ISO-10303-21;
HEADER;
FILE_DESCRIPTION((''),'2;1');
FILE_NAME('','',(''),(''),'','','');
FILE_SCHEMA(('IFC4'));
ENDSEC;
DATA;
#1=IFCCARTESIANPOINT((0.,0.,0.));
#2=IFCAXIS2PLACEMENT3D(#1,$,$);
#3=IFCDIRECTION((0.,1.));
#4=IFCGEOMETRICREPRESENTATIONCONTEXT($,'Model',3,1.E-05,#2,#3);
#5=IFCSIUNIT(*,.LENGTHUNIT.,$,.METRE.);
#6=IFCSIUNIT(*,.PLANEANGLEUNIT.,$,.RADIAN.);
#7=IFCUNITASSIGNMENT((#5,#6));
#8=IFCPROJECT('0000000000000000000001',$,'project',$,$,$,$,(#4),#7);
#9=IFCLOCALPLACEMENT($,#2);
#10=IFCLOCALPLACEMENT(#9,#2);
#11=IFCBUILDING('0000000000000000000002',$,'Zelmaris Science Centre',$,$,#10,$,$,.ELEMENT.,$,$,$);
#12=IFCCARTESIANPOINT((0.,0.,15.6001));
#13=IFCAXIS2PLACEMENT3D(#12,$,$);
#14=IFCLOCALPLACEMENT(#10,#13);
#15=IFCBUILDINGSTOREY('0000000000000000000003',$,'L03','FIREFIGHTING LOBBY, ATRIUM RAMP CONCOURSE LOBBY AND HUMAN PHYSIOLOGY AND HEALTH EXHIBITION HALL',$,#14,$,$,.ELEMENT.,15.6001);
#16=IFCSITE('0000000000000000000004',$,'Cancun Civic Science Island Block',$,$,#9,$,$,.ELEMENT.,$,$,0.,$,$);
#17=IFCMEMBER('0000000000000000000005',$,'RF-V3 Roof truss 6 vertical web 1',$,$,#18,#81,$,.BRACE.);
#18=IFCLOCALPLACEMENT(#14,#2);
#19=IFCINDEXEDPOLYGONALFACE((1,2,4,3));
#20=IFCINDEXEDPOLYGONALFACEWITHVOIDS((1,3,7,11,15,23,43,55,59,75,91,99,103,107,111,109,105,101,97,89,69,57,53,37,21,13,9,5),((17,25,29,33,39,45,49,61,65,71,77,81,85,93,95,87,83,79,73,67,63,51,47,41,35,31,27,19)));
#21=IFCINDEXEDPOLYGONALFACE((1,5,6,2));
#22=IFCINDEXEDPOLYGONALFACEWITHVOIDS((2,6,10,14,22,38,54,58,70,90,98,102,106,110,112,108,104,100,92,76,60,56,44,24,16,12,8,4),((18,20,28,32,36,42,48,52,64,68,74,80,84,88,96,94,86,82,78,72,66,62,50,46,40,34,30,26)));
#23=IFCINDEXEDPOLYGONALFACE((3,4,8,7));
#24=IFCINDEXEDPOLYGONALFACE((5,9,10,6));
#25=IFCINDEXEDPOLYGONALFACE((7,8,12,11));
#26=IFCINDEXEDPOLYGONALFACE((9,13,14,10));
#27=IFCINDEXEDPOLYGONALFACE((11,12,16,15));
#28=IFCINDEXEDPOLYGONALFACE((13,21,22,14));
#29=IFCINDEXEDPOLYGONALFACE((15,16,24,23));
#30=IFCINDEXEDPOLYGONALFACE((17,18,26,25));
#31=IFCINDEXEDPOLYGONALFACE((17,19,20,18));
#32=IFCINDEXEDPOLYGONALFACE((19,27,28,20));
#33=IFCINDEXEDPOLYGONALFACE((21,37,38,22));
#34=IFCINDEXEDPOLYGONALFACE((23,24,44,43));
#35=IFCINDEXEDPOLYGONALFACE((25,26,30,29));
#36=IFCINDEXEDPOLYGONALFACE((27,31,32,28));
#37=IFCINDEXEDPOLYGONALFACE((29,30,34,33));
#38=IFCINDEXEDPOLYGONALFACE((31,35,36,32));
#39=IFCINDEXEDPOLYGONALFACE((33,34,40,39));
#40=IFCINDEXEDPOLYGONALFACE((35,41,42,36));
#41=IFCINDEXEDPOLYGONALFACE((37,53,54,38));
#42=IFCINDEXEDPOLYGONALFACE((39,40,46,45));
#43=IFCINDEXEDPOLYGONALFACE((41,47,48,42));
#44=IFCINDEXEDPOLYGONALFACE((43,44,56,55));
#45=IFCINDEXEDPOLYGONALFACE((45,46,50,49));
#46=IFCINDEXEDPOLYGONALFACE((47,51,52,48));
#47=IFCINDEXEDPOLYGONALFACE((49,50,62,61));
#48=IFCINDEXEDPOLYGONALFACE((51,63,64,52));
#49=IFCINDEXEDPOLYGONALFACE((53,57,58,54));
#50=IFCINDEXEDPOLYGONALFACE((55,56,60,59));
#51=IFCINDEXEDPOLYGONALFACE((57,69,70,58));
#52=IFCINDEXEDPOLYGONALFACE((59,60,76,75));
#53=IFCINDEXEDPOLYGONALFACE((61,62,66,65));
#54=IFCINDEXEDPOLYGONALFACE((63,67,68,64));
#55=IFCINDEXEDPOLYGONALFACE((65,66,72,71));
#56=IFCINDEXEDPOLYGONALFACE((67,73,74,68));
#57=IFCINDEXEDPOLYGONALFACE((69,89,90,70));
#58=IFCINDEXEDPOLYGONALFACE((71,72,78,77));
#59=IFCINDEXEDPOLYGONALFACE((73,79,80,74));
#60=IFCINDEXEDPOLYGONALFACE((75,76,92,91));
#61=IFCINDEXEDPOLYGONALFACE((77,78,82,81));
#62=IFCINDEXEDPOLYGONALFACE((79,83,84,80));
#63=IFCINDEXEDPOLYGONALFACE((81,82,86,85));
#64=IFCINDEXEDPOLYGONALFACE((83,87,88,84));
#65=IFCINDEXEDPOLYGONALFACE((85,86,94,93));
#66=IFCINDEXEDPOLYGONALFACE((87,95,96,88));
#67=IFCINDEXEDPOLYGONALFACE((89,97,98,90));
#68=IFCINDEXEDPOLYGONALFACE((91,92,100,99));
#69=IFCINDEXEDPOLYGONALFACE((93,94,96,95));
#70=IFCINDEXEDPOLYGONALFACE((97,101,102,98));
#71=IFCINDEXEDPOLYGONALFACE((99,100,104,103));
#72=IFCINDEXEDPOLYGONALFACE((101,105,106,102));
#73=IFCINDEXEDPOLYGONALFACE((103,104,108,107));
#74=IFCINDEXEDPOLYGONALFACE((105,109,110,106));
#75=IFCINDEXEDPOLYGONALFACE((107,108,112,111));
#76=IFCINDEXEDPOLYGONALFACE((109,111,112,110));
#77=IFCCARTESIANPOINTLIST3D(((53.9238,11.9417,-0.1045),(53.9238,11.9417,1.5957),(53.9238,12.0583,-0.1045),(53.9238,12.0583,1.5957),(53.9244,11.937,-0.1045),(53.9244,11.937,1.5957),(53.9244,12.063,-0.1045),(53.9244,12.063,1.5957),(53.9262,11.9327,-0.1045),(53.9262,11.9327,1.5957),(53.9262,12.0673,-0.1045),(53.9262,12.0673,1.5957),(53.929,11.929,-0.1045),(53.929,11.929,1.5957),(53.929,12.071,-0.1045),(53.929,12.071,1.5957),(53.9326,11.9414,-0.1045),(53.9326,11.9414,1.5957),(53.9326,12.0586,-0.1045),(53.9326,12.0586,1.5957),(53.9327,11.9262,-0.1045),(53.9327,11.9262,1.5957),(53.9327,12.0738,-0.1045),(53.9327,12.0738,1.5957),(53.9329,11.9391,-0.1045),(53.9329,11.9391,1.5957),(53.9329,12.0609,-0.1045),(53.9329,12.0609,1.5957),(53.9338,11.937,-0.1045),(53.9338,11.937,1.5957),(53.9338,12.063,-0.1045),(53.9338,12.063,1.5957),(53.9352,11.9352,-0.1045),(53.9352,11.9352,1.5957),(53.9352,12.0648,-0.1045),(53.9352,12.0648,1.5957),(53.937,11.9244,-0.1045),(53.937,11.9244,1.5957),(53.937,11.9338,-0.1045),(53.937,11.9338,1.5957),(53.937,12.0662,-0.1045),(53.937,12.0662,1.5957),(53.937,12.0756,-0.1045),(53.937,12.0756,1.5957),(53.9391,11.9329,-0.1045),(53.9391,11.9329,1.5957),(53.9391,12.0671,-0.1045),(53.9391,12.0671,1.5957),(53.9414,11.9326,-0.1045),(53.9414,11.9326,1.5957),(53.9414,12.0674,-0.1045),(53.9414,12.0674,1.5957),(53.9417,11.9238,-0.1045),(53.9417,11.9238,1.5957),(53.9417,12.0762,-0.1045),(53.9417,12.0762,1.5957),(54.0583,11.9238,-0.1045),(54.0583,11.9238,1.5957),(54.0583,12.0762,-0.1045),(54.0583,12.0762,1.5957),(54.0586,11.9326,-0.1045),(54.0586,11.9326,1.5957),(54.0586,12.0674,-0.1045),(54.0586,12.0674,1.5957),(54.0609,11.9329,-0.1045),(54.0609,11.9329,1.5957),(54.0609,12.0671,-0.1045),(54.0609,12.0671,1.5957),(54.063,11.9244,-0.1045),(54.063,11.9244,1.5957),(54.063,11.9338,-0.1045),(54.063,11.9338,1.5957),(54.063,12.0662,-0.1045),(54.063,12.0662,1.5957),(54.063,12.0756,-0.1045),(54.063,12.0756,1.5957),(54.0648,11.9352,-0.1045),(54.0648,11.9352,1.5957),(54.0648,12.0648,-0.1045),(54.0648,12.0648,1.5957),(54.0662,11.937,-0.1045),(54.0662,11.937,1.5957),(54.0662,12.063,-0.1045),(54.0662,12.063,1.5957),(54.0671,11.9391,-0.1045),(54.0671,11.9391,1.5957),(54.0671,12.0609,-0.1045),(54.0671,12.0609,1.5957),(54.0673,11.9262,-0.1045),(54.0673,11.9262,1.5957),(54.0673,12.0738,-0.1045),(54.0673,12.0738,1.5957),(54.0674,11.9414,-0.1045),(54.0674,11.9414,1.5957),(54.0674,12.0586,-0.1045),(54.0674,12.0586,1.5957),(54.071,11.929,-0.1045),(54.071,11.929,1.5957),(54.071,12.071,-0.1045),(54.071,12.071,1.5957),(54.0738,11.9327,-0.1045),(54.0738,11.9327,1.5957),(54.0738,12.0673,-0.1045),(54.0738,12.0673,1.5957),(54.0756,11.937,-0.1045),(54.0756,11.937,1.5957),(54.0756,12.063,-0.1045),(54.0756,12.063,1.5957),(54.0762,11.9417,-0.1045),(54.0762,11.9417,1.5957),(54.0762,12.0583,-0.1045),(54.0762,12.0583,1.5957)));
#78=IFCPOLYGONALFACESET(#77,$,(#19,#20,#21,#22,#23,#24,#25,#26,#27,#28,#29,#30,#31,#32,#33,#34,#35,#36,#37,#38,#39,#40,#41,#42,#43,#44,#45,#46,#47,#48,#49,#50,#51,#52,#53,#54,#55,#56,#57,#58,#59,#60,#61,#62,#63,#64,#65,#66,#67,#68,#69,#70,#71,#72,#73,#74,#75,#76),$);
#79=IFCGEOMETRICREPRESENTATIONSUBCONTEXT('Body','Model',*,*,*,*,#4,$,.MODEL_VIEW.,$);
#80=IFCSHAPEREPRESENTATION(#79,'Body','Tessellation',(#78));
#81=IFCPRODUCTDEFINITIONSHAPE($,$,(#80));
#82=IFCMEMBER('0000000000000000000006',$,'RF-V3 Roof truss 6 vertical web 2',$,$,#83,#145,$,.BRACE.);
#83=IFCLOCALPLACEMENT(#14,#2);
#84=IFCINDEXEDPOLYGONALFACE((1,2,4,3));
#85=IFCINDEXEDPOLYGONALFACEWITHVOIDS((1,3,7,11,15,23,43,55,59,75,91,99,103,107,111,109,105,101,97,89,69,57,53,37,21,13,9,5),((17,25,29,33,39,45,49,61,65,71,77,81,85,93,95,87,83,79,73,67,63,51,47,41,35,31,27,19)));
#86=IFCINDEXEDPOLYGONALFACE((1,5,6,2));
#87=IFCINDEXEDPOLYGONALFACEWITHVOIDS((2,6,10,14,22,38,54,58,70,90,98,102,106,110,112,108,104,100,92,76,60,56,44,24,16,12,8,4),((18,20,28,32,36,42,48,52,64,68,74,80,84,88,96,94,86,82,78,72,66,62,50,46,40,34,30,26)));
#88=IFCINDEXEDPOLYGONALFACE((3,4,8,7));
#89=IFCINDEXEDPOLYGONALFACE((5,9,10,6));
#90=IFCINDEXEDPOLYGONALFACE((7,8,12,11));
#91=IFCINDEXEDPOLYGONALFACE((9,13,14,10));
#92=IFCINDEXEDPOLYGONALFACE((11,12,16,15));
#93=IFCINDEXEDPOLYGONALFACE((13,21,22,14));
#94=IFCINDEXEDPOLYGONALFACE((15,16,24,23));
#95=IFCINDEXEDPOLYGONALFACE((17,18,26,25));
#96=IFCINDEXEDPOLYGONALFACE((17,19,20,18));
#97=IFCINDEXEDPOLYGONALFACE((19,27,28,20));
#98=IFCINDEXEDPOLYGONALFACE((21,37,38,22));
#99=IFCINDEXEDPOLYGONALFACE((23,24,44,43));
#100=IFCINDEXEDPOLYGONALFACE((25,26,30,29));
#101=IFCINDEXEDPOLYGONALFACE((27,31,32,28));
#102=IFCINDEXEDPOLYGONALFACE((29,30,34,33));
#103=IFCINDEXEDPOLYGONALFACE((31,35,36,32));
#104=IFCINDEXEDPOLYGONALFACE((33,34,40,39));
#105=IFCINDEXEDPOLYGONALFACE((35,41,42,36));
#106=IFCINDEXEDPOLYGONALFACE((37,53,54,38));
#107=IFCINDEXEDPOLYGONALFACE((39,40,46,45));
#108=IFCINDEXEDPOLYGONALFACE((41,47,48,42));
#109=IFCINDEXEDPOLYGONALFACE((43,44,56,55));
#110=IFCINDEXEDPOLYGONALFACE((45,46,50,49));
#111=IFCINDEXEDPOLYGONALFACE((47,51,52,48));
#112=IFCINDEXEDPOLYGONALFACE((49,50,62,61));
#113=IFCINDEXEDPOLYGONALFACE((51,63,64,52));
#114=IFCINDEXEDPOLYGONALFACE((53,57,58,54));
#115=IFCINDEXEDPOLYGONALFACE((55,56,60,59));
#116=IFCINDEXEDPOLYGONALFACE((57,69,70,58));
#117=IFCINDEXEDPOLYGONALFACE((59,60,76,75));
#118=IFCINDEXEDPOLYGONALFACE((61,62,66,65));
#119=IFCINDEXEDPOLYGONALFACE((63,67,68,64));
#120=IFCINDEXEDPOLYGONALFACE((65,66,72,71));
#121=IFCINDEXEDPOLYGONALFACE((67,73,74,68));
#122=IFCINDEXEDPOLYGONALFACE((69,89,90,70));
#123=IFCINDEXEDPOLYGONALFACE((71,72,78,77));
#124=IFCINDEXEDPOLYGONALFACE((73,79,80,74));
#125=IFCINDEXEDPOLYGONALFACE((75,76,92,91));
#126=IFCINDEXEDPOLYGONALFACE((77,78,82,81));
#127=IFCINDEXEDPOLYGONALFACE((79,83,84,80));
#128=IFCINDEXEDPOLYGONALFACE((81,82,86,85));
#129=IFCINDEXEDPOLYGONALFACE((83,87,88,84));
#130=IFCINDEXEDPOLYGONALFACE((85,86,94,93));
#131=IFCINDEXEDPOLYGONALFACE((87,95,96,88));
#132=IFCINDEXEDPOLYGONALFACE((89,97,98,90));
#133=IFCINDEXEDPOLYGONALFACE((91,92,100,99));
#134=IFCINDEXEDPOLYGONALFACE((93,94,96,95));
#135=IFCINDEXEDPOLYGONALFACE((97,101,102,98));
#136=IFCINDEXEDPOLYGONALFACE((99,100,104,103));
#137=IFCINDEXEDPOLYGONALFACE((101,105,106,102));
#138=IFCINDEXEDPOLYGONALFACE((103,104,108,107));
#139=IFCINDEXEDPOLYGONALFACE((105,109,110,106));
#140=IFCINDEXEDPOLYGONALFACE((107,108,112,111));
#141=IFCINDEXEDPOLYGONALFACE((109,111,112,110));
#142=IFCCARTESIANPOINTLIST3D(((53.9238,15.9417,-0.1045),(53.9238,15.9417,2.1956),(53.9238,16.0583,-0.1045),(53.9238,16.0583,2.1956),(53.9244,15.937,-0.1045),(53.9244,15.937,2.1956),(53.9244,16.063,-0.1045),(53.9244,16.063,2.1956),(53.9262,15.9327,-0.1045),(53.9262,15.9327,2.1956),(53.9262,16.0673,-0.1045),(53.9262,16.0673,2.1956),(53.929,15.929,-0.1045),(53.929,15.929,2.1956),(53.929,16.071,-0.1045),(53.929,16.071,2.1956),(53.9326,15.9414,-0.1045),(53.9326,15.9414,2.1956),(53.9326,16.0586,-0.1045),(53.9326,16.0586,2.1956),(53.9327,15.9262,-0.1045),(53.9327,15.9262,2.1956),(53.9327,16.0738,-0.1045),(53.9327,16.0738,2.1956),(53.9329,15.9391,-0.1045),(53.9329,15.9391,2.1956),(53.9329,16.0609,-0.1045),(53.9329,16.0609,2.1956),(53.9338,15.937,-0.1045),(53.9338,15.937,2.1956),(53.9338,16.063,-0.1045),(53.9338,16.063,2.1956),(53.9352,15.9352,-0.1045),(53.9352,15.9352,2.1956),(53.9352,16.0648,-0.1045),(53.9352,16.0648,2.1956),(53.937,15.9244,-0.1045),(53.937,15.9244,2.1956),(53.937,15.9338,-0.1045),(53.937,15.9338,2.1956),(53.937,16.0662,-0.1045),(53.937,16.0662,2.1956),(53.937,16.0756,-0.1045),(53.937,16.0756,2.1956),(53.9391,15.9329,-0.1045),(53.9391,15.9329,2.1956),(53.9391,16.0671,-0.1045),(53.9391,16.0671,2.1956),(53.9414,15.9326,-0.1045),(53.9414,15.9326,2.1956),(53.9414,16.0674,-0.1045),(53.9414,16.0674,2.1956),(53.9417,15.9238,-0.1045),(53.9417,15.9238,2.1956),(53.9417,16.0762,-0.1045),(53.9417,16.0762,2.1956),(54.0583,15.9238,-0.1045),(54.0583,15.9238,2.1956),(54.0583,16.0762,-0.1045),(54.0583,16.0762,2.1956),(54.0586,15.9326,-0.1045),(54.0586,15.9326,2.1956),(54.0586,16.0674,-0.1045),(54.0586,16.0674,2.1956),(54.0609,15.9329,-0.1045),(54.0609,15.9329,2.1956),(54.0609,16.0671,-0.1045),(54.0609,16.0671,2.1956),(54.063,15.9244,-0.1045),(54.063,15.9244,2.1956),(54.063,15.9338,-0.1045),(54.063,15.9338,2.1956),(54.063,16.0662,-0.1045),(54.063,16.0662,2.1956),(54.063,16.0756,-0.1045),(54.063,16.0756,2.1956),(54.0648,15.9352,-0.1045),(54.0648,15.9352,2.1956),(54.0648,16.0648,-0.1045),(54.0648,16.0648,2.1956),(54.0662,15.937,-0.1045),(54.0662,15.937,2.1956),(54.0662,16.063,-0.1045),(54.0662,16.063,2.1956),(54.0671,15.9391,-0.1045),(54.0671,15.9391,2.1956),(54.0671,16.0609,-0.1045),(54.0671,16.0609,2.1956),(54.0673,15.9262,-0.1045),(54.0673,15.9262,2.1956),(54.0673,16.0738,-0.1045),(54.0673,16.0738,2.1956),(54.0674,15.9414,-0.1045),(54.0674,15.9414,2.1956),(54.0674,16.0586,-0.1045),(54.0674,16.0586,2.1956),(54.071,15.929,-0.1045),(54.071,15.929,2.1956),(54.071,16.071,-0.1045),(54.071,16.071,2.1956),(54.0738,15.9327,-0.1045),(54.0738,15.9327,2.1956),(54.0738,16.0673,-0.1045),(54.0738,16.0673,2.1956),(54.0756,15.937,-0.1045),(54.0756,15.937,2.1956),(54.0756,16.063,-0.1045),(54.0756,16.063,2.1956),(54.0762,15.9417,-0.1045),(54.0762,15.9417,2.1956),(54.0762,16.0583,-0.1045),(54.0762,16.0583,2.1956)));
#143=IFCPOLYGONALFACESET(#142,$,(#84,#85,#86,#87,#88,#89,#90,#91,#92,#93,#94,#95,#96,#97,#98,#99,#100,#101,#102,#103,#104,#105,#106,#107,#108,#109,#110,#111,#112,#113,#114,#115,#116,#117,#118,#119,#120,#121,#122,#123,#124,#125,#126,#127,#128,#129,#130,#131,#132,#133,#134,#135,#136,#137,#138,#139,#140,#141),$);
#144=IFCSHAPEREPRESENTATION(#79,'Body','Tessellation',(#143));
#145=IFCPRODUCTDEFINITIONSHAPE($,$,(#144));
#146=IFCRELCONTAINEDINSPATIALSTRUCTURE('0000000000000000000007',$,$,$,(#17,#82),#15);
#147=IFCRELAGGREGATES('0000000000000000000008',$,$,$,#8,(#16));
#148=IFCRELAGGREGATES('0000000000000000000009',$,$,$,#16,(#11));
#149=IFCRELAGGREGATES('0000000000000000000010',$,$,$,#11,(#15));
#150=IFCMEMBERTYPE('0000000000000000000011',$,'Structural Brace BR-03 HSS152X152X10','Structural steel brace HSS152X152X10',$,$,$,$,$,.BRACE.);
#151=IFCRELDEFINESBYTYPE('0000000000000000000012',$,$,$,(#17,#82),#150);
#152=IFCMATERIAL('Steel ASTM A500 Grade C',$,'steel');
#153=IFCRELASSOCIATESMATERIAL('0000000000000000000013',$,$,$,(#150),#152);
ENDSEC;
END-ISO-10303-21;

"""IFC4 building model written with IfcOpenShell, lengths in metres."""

from ifc_helpers import new_model, si_unit, direction, frame, origin, origin_2d, place, context, subcontext, project, spatial, hollow_rectangle, extrude, material, material_profile, profile_set, type_object, element, save


model = new_model("IFC4")

# Units and contexts
model_context = context("Model", 3, precision=1e-05, world=origin(), true_north=direction((0.0, 1.0)))
body_context = subcontext(model_context, "Body", "Model", "MODEL_VIEW")
ifc_project = project(units=[si_unit("LENGTHUNIT", "METRE"), si_unit("PLANEANGLEUNIT", "RADIAN")], contexts=[model_context])

# Site, building, storey
site_placement = place(None, origin())
site = spatial("IfcSite", under=ifc_project, at=site_placement, Name="Cancun Civic Science Island Block", CompositionType="ELEMENT", RefElevation=0.0)
building_placement = place(site_placement, origin())
building = spatial("IfcBuilding", under=site, at=building_placement, Name="Zelmaris Science Centre", CompositionType="ELEMENT")
storey_placement = place(building_placement, frame((0.0, 0.0, 15.6001)))
storey = spatial("IfcBuildingStorey", under=building, at=storey_placement, Name="L03", Description="FIREFIGHTING LOBBY, ATRIUM RAMP CONCOURSE LOBBY AND HUMAN PHYSIOLOGY AND HEALTH EXHIBITION HALL", CompositionType="ELEMENT", Elevation=15.6001)

# Shared definitions
ifc_material = material(Name="Steel ASTM A500 Grade C", Category="steel")

# Members
ifc_material_profile_1 = material_profile(ifc_material, hollow_rectangle(XDim=0.1523, YDim=0.1523, WallThickness=0.0088, InnerFilletRadius=0.0088, OuterFilletRadius=0.0178, at=origin_2d()), Name="HSS152X152X10")
ifc_profile_set_1 = profile_set([ifc_material_profile_1], Name="Steel ASTM A500 Grade C")
member_type_1 = type_object("IfcMemberType", Name="Structural Brace BR-03 HSS152X152X10", Description="Structural steel brace HSS152X152X10", PredefinedType="BRACE", material=ifc_profile_set_1)
member_1_placement = place(storey_placement, frame((54.0, 12.0, -0.1045), z_axis=(0.0, 0.0, 1.0), x_axis=(1.0, 0.0, 0.0)))
element("IfcMember", 1, at=member_1_placement, inside=storey, type_object=member_type_1, Name="RF-V3 Roof truss 6 vertical web 1", PredefinedType="BRACE", context=body_context, shape_type="SweptSolid", body=[
    extrude(hollow_rectangle(XDim=0.1523, YDim=0.1523, WallThickness=0.0088, InnerFilletRadius=0.0088, OuterFilletRadius=0.0178, at=origin_2d()), origin(), (0.0, 0.0, 1.0), 1.7002),
])
member_2_placement = place(storey_placement, frame((54.0, 16.0, -0.1045), z_axis=(0.0, 0.0, 1.0), x_axis=(1.0, 0.0, 0.0)))
element("IfcMember", 2, at=member_2_placement, inside=storey, type_object=member_type_1, Name="RF-V3 Roof truss 6 vertical web 2", PredefinedType="BRACE", context=body_context, shape_type="SweptSolid", body=[
    extrude(hollow_rectangle(XDim=0.1523, YDim=0.1523, WallThickness=0.0088, InnerFilletRadius=0.0088, OuterFilletRadius=0.0178, at=origin_2d()), origin(), (0.0, 0.0, 1.0), 2.3),
])

save(model, "model.ifc")
